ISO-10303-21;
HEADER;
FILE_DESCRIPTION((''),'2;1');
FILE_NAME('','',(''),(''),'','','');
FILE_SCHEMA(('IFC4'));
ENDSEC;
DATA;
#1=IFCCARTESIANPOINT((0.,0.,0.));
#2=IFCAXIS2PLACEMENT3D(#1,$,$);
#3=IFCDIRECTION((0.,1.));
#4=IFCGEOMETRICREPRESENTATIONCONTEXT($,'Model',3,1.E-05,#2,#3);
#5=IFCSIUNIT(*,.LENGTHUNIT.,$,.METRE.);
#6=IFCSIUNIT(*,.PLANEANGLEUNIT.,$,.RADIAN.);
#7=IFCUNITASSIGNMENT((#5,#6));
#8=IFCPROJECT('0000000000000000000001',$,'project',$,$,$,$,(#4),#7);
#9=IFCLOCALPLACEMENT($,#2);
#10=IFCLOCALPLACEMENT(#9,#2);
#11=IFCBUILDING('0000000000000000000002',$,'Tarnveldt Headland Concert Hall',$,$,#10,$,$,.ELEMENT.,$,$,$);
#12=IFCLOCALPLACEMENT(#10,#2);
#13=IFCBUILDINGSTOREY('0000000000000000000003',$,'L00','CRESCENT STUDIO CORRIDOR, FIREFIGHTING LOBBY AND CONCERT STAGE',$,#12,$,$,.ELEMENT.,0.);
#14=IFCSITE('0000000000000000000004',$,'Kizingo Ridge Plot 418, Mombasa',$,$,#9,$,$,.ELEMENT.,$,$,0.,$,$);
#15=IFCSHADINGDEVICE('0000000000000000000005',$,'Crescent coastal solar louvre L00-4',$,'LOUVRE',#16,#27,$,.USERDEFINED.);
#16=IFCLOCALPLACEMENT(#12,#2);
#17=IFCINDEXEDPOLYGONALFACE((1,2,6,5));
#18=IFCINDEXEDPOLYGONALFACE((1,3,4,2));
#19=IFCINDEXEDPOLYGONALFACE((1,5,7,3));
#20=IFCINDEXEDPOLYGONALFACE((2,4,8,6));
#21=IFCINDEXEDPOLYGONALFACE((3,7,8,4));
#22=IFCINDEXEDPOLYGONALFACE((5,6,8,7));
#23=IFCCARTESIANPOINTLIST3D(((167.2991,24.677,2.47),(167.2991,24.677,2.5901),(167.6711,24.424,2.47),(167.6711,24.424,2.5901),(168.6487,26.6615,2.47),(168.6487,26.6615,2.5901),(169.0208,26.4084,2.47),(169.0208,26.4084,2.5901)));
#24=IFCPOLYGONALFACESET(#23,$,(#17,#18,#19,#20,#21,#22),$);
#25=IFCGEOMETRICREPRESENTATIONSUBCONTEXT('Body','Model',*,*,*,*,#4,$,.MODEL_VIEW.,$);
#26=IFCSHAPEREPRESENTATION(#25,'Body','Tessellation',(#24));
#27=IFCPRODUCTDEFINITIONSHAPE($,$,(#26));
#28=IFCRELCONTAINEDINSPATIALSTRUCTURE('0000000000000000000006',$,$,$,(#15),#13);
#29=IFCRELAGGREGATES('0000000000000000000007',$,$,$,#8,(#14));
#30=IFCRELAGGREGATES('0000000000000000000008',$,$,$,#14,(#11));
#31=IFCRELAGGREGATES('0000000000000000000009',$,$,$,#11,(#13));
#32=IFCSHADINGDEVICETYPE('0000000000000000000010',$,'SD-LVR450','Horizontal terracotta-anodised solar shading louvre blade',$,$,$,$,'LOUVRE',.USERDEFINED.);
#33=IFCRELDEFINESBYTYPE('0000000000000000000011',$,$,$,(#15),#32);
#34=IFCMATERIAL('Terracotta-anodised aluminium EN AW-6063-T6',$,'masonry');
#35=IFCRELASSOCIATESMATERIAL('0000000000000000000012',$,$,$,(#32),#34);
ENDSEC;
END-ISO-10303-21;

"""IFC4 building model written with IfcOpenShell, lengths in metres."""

from ifc_helpers import new_model, si_unit, direction, frame, origin, origin_2d, place, context, subcontext, project, spatial, rectangle, extrude, material, type_object, element, save


model = new_model("IFC4")

# Units and contexts
model_context = context("Model", 3, precision=1e-05, world=origin(), true_north=direction((0.0, 1.0)))
body_context = subcontext(model_context, "Body", "Model", "MODEL_VIEW")
ifc_project = project(units=[si_unit("LENGTHUNIT", "METRE"), si_unit("PLANEANGLEUNIT", "RADIAN")], contexts=[model_context])

# Site, building, storey
site_placement = place(None, origin())
site = spatial("IfcSite", under=ifc_project, at=site_placement, Name="Kizingo Ridge Plot 418, Mombasa", CompositionType="ELEMENT", RefElevation=0.0)
building_placement = place(site_placement, origin())
building = spatial("IfcBuilding", under=site, at=building_placement, Name="Tarnveldt Headland Concert Hall", CompositionType="ELEMENT")
storey_placement = place(building_placement, origin())
storey = spatial("IfcBuildingStorey", under=building, at=storey_placement, Name="L00", Description="CRESCENT STUDIO CORRIDOR, FIREFIGHTING LOBBY AND CONCERT STAGE", CompositionType="ELEMENT", Elevation=0.0)

# Shading device
ifc_material_1 = material(Name="Terracotta-anodised aluminium EN AW-6063-T6", Category="masonry")
shading_device_type = type_object("IfcShadingDeviceType", Name="SD-LVR450", Description="Horizontal terracotta-anodised solar shading louvre blade", ElementType="LOUVRE", PredefinedType="USERDEFINED", material=ifc_material_1)
shading_device_placement = place(storey_placement, frame((168.1599, 25.5427, 2.47), z_axis=(0.0, 0.0, 1.0), x_axis=(0.826884, -0.562372, 0.0)))
element("IfcShadingDevice", 1, at=shading_device_placement, inside=storey, type_object=shading_device_type, Name="Crescent coastal solar louvre L00-4", ObjectType="LOUVRE", PredefinedType="USERDEFINED", context=body_context, shape_type="SweptSolid", body=[
    extrude(rectangle(XDim=0.45, YDim=2.3999, at=origin_2d()), origin(), (0.0, 0.0, 1.0), 0.1201),
])

save(model, "model.ifc")
